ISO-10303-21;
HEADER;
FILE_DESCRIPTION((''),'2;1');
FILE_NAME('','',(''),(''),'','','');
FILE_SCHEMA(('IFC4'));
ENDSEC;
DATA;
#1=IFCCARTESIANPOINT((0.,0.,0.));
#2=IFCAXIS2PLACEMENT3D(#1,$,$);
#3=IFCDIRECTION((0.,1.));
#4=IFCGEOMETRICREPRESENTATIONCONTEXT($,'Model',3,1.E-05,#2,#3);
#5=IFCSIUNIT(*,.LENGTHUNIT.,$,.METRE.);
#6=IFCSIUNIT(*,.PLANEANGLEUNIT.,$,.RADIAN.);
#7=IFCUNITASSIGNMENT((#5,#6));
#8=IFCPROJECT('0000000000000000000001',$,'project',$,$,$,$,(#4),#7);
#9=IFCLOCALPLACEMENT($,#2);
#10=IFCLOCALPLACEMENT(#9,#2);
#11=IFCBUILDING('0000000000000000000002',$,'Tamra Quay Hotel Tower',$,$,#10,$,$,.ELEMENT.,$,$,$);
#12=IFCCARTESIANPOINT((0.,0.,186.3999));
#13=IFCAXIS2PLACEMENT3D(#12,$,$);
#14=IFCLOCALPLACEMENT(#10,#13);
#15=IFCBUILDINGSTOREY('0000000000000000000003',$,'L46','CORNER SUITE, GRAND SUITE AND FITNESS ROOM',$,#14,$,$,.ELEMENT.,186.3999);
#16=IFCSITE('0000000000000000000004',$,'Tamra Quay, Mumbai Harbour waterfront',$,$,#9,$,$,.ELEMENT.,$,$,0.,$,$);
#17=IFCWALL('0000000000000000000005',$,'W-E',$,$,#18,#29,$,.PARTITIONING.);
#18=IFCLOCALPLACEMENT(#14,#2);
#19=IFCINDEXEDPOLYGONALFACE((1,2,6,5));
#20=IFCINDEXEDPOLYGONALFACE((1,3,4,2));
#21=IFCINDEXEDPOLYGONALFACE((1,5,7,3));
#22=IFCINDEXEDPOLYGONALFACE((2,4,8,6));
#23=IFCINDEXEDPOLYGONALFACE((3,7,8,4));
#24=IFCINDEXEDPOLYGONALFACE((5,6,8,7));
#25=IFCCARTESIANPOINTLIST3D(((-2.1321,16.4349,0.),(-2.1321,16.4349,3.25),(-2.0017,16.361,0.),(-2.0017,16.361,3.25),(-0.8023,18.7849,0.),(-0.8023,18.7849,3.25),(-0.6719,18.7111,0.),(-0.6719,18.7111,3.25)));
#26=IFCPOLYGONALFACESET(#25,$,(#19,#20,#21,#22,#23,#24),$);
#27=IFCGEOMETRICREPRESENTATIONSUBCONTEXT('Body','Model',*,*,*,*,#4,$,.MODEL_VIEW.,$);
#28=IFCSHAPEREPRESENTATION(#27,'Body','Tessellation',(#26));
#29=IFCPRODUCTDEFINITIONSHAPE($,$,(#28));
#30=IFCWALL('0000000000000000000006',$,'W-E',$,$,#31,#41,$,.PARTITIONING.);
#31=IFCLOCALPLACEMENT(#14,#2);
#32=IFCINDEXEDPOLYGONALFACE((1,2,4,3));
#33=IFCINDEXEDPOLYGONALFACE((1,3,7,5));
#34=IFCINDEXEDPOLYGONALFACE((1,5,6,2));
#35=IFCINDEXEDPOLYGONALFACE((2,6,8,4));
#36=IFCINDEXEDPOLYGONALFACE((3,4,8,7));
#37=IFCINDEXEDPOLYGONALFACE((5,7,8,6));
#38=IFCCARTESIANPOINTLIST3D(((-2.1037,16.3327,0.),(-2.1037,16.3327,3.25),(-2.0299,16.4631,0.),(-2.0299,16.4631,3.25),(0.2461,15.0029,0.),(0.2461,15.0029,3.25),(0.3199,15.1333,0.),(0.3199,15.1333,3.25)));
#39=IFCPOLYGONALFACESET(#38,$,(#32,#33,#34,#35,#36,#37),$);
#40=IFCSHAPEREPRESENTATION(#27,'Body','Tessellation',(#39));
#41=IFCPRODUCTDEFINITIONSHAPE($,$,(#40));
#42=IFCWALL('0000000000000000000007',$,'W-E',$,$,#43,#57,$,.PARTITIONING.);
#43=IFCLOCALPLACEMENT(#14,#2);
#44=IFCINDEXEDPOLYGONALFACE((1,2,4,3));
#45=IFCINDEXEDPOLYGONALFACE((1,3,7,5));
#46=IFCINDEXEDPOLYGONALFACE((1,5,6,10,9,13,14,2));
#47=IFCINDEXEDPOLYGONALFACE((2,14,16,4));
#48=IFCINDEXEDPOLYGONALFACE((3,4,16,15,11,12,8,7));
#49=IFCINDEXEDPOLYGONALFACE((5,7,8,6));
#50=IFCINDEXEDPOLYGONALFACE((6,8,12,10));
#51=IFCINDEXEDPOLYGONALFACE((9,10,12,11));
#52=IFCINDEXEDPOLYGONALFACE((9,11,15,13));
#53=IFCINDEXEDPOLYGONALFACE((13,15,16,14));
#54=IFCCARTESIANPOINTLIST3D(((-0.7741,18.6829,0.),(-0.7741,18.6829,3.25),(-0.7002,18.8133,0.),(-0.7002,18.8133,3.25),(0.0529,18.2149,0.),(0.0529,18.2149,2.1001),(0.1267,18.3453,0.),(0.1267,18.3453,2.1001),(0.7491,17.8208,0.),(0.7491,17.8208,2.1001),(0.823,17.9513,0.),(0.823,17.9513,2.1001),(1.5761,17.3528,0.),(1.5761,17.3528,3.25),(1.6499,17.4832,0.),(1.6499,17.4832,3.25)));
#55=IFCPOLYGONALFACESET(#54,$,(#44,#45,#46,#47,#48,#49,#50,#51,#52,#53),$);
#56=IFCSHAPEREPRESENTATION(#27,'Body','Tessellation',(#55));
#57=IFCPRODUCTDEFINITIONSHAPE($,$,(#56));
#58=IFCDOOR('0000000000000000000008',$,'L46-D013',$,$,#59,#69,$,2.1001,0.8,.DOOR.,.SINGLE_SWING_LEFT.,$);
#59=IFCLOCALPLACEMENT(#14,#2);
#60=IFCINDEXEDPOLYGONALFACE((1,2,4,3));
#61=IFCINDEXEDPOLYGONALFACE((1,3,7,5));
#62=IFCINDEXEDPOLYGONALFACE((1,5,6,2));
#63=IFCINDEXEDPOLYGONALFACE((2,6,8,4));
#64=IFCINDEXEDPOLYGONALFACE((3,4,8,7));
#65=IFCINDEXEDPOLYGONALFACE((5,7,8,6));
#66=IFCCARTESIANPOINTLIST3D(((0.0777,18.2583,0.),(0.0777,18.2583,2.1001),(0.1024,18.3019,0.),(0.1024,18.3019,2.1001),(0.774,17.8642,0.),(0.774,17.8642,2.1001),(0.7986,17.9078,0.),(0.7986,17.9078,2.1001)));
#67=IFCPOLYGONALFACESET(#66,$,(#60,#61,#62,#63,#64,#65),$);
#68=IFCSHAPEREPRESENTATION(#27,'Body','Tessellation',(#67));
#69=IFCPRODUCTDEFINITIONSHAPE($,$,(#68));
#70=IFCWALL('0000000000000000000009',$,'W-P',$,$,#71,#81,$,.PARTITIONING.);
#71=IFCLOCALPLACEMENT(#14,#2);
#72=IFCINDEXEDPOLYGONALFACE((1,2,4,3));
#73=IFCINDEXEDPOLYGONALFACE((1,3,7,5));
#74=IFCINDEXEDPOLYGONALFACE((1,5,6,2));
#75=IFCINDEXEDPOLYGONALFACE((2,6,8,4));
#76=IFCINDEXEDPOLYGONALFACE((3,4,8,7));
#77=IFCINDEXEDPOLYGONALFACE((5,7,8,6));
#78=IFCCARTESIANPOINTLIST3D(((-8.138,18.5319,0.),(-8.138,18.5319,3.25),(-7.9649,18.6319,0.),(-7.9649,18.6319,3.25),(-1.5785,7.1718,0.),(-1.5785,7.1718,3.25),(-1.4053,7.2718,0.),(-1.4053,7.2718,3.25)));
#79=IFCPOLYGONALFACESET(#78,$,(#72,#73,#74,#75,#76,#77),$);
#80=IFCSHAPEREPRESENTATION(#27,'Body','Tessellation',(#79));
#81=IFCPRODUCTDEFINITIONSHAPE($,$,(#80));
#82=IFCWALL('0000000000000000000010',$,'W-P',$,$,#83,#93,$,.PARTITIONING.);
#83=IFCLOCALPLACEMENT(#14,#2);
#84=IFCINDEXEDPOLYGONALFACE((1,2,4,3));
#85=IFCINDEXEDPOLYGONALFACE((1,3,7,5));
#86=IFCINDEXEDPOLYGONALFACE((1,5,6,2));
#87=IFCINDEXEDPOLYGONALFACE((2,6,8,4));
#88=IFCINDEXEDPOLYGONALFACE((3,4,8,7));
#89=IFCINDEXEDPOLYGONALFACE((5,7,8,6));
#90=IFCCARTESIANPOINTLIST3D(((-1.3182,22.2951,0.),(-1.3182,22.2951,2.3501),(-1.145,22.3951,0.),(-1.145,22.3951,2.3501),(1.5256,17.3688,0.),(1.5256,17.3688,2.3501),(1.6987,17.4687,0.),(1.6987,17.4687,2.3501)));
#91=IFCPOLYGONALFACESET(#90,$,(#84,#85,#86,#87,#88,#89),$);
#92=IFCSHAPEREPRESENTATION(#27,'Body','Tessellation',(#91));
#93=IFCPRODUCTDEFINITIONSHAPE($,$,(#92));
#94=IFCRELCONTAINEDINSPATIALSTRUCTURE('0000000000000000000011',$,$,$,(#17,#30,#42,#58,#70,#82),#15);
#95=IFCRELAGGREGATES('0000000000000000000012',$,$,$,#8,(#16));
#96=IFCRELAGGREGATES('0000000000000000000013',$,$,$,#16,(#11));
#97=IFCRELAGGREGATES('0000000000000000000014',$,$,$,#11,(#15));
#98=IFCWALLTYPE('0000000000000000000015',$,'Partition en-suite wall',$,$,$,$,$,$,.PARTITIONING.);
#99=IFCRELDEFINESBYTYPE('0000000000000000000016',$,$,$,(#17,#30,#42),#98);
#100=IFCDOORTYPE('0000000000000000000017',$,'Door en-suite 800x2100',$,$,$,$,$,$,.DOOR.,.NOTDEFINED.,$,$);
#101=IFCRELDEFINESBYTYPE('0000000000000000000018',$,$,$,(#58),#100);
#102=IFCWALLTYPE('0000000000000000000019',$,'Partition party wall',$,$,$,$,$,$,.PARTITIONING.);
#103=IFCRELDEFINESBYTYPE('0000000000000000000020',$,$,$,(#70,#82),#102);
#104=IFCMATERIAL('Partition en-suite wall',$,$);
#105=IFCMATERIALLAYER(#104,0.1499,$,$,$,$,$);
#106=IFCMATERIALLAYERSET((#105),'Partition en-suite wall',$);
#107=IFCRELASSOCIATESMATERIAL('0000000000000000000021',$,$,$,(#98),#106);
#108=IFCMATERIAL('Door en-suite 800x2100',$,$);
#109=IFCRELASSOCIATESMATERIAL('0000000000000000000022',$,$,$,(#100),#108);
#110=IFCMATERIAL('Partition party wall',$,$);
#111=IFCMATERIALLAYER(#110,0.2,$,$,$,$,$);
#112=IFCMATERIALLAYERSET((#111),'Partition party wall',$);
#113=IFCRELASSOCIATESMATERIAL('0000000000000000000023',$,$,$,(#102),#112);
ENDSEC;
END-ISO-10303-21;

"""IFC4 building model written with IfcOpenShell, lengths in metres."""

from ifc_helpers import new_model, si_unit, direction, frame, frame_2d, origin, place, context, subcontext, project, spatial, rectangle, extrude, material, layer, layer_set, type_object, element, fill, save


model = new_model("IFC4")

# Units and contexts
model_context = context("Model", 3, precision=1e-05, world=origin(), true_north=direction((0.0, 1.0)))
body_context = subcontext(model_context, "Body", "Model", "MODEL_VIEW")
ifc_project = project(units=[si_unit("LENGTHUNIT", "METRE"), si_unit("PLANEANGLEUNIT", "RADIAN")], contexts=[model_context])

# Site, building, storey
site_placement = place(None, origin())
site = spatial("IfcSite", under=ifc_project, at=site_placement, Name="Tamra Quay, Mumbai Harbour waterfront", CompositionType="ELEMENT", RefElevation=0.0)
building_placement = place(site_placement, origin())
building = spatial("IfcBuilding", under=site, at=building_placement, Name="Tamra Quay Hotel Tower", CompositionType="ELEMENT")
storey_placement = place(building_placement, frame((0.0, 0.0, 186.3999)))
storey = spatial("IfcBuildingStorey", under=building, at=storey_placement, Name="L46", Description="CORNER SUITE, GRAND SUITE AND FITNESS ROOM", CompositionType="ELEMENT", Elevation=186.3999)

# Walls
ifc_material_1 = material(Name="Partition en-suite wall")
ifc_layer_1 = layer(ifc_material_1, 0.1499)
ifc_layer_set_1 = layer_set([ifc_layer_1], Name="Partition en-suite wall")
wall_type_1 = type_object("IfcWallType", Name="Partition en-suite wall", PredefinedType="PARTITIONING", material=ifc_layer_set_1)
wall_1_placement = place(storey_placement, frame((-2.0669, 16.3979, 0.0), z_axis=(0.0, 0.0, 1.0), x_axis=(0.492483, 0.870322, 0.0)))
element("IfcWall", 1, at=wall_1_placement, inside=storey, type_object=wall_type_1, Name="W-E", PredefinedType="PARTITIONING", context=body_context, shape_type="SweptSolid", body=[
    extrude(rectangle(XDim=2.7002, YDim=0.1499, at=frame_2d((1.3501, 0.0))), origin(), (0.0, 0.0, 1.0), 3.25),
])
wall_2_placement = place(storey_placement, frame((-2.0669, 16.3979, 0.0), z_axis=(0.0, 0.0, 1.0), x_axis=(0.8703, -0.492522, 0.0)))
element("IfcWall", 2, at=wall_2_placement, inside=storey, type_object=wall_type_1, Name="W-E", PredefinedType="PARTITIONING", context=body_context, shape_type="SweptSolid", body=[
    extrude(rectangle(XDim=2.7, YDim=0.1499, at=frame_2d((1.3501, 0.0))), origin(), (0.0, 0.0, 1.0), 3.25),
])

# Wall, opening, door
wall_3_placement = place(storey_placement, frame((-0.7371, 18.748, 0.0), z_axis=(0.0, 0.0, 1.0), x_axis=(0.870283, -0.492552, 0.0)))
wall_3 = element("IfcWall", 3, at=wall_3_placement, inside=storey, type_object=wall_type_1, Name="W-E", PredefinedType="PARTITIONING", context=body_context, shape_type="SweptSolid", body=[
    extrude(rectangle(XDim=2.7004, YDim=0.1499, at=frame_2d((1.3501, 0.0))), origin(), (0.0, 0.0, 1.0), 3.25),
])
opening_placement = place(wall_3_placement, frame((0.9502, 0.0, 0.0)))
opening = element("IfcOpeningElement", 4, at=opening_placement, cuts=wall_3, PredefinedType="OPENING", context=body_context, shape_type="SweptSolid", body=[
    extrude(rectangle(XDim=0.8, YDim=2.1001, at=frame_2d((0.3999, 1.05))), frame((0.0, 0.085, 0.0), z_axis=(0.0, -1.0, 0.0), x_axis=(1.0, 0.0, 0.0)), (0.0, 0.0, 1.0), 0.1699),
])
ifc_material_2 = material(Name="Door en-suite 800x2100")
door_type = type_object("IfcDoorType", Name="Door en-suite 800x2100", OperationType="NOTDEFINED", PredefinedType="DOOR", material=ifc_material_2)
door_placement = place(opening_placement, frame((0.8, 0.0, 0.0), z_axis=(0.0, 0.0, 1.0), x_axis=(-1.0, 0.0, 0.0)))
door = element("IfcDoor", 5, at=door_placement, inside=storey, type_object=door_type, Name="L46-D013", OperationType="SINGLE_SWING_LEFT", OverallHeight=2.1001, OverallWidth=0.8, PredefinedType="DOOR", context=body_context, shape_type="SweptSolid", body=[
    extrude(rectangle(XDim=0.8, YDim=2.1001, at=frame_2d((0.3999, 1.05))), frame((0.0, 0.0249, 0.0), z_axis=(0.0, -1.0, 0.0), x_axis=(1.0, 0.0, 0.0)), (0.0, 0.0, 1.0), 0.05),
])
fill(opening, door)

# Walls
ifc_material_3 = material(Name="Partition party wall")
ifc_layer_2 = layer(ifc_material_3, 0.2)
ifc_layer_set_2 = layer_set([ifc_layer_2], Name="Partition party wall")
wall_type_2 = type_object("IfcWallType", Name="Partition party wall", PredefinedType="PARTITIONING", material=ifc_layer_set_2)
wall_4_placement = place(storey_placement, frame((-8.0515, 18.582, 0.0), z_axis=(0.0, 0.0, 1.0), x_axis=(0.500046, -0.865999, 0.0)))
element("IfcWall", 6, at=wall_4_placement, inside=storey, type_object=wall_type_2, Name="W-P", PredefinedType="PARTITIONING", context=body_context, shape_type="SweptSolid", body=[
    extrude(rectangle(XDim=13.1179, YDim=0.2, at=frame_2d((6.5591, 0.0))), origin(), (0.0, 0.0, 1.0), 3.25),
])
wall_5_placement = place(storey_placement, frame((-1.2317, 22.3452, 0.0), z_axis=(0.0, 0.0, 1.0), x_axis=(0.499943, -0.866058, 0.0)))
element("IfcWall", 7, at=wall_5_placement, inside=storey, type_object=wall_type_2, Name="W-P", PredefinedType="PARTITIONING", context=body_context, shape_type="SweptSolid", body=[
    extrude(rectangle(XDim=5.6882, YDim=0.2, at=frame_2d((2.8442, 0.0))), origin(), (0.0, 0.0, 1.0), 2.3501),
])

save(model, "model.ifc")
